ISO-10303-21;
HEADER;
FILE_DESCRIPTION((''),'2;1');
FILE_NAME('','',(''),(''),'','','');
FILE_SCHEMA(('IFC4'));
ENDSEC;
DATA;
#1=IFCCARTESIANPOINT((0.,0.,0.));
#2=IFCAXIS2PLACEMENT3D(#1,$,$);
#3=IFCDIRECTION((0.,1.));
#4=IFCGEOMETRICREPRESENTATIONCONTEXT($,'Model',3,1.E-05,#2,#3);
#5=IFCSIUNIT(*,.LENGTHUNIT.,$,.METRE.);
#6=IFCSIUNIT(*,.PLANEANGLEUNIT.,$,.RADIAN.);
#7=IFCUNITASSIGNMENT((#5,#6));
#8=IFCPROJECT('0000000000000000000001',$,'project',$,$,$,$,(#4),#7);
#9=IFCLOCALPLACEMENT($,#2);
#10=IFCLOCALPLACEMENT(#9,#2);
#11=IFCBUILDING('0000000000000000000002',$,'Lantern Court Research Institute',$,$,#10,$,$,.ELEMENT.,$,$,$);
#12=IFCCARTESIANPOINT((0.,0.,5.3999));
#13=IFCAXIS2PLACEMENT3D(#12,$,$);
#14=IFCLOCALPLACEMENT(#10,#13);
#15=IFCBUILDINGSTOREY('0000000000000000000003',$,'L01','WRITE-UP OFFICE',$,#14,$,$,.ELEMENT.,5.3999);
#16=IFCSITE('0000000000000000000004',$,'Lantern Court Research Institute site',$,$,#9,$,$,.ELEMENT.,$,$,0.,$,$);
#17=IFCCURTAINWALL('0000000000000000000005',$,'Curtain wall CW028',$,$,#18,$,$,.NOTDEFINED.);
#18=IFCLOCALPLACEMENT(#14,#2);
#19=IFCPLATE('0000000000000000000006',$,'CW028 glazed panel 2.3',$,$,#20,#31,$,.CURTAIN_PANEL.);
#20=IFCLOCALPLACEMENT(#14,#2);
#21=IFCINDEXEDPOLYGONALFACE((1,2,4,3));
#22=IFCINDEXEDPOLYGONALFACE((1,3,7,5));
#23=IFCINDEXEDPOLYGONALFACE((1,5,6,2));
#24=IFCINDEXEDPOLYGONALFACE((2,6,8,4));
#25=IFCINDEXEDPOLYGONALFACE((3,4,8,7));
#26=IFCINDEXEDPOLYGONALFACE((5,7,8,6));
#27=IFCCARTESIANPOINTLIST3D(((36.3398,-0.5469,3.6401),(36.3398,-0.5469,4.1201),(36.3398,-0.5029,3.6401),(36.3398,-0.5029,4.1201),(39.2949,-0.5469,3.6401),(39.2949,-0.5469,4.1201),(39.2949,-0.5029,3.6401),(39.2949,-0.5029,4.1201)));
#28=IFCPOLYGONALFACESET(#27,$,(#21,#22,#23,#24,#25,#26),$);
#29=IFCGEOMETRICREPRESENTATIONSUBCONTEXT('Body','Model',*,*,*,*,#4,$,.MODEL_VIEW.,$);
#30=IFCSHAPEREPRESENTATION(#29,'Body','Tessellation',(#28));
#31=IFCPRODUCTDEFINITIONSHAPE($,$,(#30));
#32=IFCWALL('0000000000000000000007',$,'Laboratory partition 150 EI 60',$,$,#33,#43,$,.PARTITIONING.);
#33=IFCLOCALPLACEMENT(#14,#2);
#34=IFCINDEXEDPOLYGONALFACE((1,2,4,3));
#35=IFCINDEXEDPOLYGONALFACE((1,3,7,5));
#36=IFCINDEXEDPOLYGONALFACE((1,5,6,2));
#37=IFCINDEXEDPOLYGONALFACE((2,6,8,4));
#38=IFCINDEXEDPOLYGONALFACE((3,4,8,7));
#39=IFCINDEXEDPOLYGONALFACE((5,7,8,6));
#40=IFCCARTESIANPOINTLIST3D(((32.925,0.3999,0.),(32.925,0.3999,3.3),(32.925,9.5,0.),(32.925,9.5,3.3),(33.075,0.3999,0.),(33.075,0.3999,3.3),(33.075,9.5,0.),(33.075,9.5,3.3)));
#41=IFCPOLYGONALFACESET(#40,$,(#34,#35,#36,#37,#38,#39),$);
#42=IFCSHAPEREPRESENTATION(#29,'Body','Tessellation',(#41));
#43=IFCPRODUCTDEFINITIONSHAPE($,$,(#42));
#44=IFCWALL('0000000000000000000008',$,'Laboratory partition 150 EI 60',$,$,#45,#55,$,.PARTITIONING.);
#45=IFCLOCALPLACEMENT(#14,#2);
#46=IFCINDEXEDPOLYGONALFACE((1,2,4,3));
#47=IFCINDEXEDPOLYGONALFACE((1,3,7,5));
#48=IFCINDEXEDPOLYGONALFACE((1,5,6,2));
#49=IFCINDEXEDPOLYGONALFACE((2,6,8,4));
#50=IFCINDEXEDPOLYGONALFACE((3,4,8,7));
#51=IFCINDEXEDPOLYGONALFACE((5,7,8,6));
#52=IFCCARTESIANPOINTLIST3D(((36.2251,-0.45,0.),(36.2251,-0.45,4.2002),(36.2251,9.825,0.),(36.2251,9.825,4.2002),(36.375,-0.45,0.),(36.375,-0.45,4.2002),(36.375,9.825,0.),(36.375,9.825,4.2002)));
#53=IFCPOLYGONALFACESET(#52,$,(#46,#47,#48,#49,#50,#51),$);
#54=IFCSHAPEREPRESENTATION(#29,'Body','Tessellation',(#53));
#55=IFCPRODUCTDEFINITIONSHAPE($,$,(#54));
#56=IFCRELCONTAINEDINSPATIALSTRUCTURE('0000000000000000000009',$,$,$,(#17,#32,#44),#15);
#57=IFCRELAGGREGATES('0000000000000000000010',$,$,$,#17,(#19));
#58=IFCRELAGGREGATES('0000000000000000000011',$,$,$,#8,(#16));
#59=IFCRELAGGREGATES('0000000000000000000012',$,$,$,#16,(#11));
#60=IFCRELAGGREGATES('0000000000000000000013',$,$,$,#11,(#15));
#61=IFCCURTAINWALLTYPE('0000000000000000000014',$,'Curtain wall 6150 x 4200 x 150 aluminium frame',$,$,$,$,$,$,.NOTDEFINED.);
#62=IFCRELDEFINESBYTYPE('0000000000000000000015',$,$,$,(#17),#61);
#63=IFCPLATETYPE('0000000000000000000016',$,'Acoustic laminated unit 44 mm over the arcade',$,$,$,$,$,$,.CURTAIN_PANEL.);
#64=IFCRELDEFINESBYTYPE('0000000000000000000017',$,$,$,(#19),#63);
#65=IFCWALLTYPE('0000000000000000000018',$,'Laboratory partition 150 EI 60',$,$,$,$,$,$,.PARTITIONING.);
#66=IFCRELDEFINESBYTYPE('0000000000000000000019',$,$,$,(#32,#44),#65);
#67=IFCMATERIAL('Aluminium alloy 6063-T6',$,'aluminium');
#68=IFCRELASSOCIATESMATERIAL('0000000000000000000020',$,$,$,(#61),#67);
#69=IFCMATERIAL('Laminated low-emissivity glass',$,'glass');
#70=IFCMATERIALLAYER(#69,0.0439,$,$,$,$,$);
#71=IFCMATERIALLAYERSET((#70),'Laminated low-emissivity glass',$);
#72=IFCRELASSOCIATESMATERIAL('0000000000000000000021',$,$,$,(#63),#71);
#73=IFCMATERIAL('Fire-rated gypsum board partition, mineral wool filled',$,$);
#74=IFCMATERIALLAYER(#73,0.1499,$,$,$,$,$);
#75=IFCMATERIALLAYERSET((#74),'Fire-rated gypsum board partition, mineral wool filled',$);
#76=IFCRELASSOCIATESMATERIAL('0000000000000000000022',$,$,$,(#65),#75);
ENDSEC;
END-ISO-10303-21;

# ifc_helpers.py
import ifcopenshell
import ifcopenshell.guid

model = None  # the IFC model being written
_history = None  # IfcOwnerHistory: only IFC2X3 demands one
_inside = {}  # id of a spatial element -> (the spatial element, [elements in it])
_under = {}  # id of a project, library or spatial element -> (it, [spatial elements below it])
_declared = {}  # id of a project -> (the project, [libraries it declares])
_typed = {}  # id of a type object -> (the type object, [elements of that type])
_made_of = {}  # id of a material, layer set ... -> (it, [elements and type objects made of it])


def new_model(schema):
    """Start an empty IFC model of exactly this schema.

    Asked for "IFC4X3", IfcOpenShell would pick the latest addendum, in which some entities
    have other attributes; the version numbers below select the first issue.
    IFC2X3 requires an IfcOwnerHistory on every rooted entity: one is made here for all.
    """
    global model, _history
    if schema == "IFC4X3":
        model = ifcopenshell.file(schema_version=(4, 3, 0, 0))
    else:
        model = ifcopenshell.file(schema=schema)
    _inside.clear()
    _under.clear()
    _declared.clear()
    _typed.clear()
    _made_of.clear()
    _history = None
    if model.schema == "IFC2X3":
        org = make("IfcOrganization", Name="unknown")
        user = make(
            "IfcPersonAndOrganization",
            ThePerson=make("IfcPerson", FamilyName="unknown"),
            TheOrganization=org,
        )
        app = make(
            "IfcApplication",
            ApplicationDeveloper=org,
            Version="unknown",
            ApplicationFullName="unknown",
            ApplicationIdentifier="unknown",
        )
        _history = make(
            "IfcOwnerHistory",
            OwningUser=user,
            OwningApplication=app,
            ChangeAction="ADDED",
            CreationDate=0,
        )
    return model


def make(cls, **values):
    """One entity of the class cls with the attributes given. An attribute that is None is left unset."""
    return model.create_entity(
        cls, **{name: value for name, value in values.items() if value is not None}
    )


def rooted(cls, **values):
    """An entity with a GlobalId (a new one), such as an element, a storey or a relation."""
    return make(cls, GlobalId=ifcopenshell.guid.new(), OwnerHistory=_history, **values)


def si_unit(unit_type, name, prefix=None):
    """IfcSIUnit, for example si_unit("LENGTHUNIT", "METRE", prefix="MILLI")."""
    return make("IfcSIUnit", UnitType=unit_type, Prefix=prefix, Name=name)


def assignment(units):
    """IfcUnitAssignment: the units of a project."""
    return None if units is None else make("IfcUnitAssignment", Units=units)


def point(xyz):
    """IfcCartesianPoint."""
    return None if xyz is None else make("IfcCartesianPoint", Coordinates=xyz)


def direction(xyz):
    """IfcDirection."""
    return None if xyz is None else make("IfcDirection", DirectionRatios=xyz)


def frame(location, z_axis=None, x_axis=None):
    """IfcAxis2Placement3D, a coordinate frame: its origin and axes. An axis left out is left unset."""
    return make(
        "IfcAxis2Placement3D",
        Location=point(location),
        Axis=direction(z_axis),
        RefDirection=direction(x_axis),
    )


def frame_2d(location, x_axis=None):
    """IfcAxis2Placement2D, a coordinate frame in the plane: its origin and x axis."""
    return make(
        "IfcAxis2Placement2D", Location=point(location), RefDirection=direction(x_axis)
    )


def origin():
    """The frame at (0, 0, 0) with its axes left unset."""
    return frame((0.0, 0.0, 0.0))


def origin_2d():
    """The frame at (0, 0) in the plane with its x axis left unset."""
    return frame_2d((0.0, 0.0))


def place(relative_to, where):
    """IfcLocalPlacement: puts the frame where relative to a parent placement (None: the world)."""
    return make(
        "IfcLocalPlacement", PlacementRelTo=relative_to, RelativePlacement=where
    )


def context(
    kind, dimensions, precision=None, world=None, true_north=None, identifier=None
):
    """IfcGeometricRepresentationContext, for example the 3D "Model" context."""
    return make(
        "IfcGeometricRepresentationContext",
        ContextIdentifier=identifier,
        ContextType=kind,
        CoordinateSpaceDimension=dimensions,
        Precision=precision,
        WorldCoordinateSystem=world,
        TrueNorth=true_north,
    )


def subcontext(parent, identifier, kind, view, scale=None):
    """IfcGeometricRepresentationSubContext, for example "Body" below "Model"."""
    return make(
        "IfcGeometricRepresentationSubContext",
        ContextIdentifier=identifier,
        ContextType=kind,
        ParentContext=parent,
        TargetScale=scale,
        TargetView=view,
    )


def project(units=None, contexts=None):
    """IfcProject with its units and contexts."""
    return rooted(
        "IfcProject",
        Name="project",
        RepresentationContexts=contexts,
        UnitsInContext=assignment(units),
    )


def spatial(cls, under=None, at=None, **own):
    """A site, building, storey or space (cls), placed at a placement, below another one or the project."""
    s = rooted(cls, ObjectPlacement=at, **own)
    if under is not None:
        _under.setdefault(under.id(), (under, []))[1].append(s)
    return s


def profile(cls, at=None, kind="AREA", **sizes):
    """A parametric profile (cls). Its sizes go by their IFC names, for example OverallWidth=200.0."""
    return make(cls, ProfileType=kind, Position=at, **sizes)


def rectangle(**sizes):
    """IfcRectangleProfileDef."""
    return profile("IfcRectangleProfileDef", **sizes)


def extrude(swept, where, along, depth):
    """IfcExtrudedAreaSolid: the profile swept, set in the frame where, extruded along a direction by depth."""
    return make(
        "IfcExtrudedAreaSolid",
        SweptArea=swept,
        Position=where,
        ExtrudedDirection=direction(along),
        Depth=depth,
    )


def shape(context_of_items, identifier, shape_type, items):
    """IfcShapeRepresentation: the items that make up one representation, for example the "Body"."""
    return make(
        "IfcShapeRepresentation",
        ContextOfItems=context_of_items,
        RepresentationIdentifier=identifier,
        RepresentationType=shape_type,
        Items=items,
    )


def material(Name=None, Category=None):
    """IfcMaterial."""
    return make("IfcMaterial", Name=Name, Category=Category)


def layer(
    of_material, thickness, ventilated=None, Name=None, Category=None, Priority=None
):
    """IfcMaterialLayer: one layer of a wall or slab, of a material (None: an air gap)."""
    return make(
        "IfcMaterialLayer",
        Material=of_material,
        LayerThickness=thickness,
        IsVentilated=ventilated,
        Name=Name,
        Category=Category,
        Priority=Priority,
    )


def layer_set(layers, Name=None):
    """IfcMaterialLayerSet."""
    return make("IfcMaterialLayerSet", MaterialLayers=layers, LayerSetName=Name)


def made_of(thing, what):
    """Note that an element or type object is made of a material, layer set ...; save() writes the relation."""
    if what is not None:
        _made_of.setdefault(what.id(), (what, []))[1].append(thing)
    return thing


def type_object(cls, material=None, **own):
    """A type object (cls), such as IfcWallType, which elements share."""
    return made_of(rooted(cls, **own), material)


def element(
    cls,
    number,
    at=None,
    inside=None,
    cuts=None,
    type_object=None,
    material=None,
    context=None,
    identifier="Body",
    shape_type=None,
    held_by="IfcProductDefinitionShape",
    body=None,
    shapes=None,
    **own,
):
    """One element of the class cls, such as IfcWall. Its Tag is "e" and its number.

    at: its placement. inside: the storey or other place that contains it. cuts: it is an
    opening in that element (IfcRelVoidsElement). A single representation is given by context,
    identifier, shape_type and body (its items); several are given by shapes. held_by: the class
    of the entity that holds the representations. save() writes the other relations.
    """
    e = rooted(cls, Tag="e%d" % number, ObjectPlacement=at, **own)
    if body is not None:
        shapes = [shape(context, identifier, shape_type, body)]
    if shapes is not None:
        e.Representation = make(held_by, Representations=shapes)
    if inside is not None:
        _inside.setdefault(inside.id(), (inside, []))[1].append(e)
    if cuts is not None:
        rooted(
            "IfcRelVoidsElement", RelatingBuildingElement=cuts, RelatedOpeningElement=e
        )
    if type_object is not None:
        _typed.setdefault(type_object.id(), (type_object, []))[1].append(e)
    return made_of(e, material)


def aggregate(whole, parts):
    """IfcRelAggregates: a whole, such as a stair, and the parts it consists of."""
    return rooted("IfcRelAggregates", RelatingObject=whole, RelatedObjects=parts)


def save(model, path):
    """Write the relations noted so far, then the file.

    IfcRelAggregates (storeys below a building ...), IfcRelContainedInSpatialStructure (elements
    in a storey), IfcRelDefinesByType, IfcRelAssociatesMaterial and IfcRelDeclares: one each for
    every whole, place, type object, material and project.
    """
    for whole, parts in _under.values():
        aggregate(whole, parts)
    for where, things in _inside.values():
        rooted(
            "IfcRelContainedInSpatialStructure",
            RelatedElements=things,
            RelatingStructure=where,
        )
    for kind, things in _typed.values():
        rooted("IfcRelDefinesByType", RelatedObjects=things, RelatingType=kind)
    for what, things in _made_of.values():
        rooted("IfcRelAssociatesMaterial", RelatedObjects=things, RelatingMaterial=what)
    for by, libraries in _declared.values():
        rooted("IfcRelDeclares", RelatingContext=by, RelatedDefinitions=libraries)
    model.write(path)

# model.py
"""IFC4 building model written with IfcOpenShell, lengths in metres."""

from ifc_helpers import new_model, si_unit, direction, frame, frame_2d, origin, origin_2d, place, context, subcontext, project, spatial, rectangle, extrude, material, layer, layer_set, type_object, element, aggregate, save


model = new_model("IFC4")

# Units and contexts
model_context = context("Model", 3, precision=1e-05, world=origin(), true_north=direction((0.0, 1.0)))
body_context = subcontext(model_context, "Body", "Model", "MODEL_VIEW")
ifc_project = project(units=[si_unit("LENGTHUNIT", "METRE"), si_unit("PLANEANGLEUNIT", "RADIAN")], contexts=[model_context])

# Site, building, storey
site_placement = place(None, origin())
site = spatial("IfcSite", under=ifc_project, at=site_placement, Name="Lantern Court Research Institute site", CompositionType="ELEMENT", RefElevation=0.0)
building_placement = place(site_placement, origin())
building = spatial("IfcBuilding", under=site, at=building_placement, Name="Lantern Court Research Institute", CompositionType="ELEMENT")
storey_placement = place(building_placement, frame((0.0, 0.0, 5.3999)))
storey = spatial("IfcBuildingStorey", under=building, at=storey_placement, Name="L01", Description="WRITE-UP OFFICE", CompositionType="ELEMENT", Elevation=5.3999)

# Curtain wall
ifc_material_1 = material(Name="Aluminium alloy 6063-T6", Category="aluminium")
curtain_wall_type = type_object("IfcCurtainWallType", Name="Curtain wall 6150 x 4200 x 150 aluminium frame", PredefinedType="NOTDEFINED", material=ifc_material_1)
curtain_wall_placement = place(storey_placement, origin())
curtain_wall = element("IfcCurtainWall", 1, at=curtain_wall_placement, inside=storey, type_object=curtain_wall_type, Name="Curtain wall CW028", PredefinedType="NOTDEFINED")

# Plate
ifc_material_2 = material(Name="Laminated low-emissivity glass", Category="glass")
ifc_layer_1 = layer(ifc_material_2, 0.0439)
ifc_layer_set_1 = layer_set([ifc_layer_1], Name="Laminated low-emissivity glass")
plate_type = type_object("IfcPlateType", Name="Acoustic laminated unit 44 mm over the arcade", PredefinedType="CURTAIN_PANEL", material=ifc_layer_set_1)
plate_placement = place(storey_placement, frame((37.8174, -0.5249, 3.6401), z_axis=(0.0, 0.0, 1.0), x_axis=(-1.0, 0.0, 0.0)))
plate = element("IfcPlate", 2, at=plate_placement, type_object=plate_type, Name="CW028 glazed panel 2.3", PredefinedType="CURTAIN_PANEL", context=body_context, shape_type="SweptSolid", body=[
    extrude(rectangle(XDim=2.9551, YDim=0.0439, at=origin_2d()), origin(), (0.0, 0.0, 1.0), 0.48),
])
aggregate(curtain_wall, [plate])

# Walls
ifc_material_3 = material(Name="Fire-rated gypsum board partition, mineral wool filled")
ifc_layer_2 = layer(ifc_material_3, 0.1499)
ifc_layer_set_2 = layer_set([ifc_layer_2], Name="Fire-rated gypsum board partition, mineral wool filled")
wall_type = type_object("IfcWallType", Name="Laboratory partition 150 EI 60", PredefinedType="PARTITIONING", material=ifc_layer_set_2)
wall_1_placement = place(storey_placement, frame((33.0, 0.3999, 0.0), z_axis=(0.0, 0.0, 1.0), x_axis=(0.0, 1.0, 0.0)))
element("IfcWall", 3, at=wall_1_placement, inside=storey, type_object=wall_type, Name="Laboratory partition 150 EI 60", PredefinedType="PARTITIONING", context=body_context, shape_type="SweptSolid", body=[
    extrude(rectangle(XDim=9.1001, YDim=0.1499, at=frame_2d((4.55, 0.0))), origin(), (0.0, 0.0, 1.0), 3.3),
])
wall_2_placement = place(storey_placement, frame((36.3, -0.45, 0.0), z_axis=(0.0, 0.0, 1.0), x_axis=(0.0, 1.0, 0.0)))
element("IfcWall", 4, at=wall_2_placement, inside=storey, type_object=wall_type, Name="Laboratory partition 150 EI 60", PredefinedType="PARTITIONING", context=body_context, shape_type="SweptSolid", body=[
    extrude(rectangle(XDim=10.2749, YDim=0.1499, at=frame_2d((5.1375, 0.0))), origin(), (0.0, 0.0, 1.0), 4.2002),
])

save(model, "model.ifc")
